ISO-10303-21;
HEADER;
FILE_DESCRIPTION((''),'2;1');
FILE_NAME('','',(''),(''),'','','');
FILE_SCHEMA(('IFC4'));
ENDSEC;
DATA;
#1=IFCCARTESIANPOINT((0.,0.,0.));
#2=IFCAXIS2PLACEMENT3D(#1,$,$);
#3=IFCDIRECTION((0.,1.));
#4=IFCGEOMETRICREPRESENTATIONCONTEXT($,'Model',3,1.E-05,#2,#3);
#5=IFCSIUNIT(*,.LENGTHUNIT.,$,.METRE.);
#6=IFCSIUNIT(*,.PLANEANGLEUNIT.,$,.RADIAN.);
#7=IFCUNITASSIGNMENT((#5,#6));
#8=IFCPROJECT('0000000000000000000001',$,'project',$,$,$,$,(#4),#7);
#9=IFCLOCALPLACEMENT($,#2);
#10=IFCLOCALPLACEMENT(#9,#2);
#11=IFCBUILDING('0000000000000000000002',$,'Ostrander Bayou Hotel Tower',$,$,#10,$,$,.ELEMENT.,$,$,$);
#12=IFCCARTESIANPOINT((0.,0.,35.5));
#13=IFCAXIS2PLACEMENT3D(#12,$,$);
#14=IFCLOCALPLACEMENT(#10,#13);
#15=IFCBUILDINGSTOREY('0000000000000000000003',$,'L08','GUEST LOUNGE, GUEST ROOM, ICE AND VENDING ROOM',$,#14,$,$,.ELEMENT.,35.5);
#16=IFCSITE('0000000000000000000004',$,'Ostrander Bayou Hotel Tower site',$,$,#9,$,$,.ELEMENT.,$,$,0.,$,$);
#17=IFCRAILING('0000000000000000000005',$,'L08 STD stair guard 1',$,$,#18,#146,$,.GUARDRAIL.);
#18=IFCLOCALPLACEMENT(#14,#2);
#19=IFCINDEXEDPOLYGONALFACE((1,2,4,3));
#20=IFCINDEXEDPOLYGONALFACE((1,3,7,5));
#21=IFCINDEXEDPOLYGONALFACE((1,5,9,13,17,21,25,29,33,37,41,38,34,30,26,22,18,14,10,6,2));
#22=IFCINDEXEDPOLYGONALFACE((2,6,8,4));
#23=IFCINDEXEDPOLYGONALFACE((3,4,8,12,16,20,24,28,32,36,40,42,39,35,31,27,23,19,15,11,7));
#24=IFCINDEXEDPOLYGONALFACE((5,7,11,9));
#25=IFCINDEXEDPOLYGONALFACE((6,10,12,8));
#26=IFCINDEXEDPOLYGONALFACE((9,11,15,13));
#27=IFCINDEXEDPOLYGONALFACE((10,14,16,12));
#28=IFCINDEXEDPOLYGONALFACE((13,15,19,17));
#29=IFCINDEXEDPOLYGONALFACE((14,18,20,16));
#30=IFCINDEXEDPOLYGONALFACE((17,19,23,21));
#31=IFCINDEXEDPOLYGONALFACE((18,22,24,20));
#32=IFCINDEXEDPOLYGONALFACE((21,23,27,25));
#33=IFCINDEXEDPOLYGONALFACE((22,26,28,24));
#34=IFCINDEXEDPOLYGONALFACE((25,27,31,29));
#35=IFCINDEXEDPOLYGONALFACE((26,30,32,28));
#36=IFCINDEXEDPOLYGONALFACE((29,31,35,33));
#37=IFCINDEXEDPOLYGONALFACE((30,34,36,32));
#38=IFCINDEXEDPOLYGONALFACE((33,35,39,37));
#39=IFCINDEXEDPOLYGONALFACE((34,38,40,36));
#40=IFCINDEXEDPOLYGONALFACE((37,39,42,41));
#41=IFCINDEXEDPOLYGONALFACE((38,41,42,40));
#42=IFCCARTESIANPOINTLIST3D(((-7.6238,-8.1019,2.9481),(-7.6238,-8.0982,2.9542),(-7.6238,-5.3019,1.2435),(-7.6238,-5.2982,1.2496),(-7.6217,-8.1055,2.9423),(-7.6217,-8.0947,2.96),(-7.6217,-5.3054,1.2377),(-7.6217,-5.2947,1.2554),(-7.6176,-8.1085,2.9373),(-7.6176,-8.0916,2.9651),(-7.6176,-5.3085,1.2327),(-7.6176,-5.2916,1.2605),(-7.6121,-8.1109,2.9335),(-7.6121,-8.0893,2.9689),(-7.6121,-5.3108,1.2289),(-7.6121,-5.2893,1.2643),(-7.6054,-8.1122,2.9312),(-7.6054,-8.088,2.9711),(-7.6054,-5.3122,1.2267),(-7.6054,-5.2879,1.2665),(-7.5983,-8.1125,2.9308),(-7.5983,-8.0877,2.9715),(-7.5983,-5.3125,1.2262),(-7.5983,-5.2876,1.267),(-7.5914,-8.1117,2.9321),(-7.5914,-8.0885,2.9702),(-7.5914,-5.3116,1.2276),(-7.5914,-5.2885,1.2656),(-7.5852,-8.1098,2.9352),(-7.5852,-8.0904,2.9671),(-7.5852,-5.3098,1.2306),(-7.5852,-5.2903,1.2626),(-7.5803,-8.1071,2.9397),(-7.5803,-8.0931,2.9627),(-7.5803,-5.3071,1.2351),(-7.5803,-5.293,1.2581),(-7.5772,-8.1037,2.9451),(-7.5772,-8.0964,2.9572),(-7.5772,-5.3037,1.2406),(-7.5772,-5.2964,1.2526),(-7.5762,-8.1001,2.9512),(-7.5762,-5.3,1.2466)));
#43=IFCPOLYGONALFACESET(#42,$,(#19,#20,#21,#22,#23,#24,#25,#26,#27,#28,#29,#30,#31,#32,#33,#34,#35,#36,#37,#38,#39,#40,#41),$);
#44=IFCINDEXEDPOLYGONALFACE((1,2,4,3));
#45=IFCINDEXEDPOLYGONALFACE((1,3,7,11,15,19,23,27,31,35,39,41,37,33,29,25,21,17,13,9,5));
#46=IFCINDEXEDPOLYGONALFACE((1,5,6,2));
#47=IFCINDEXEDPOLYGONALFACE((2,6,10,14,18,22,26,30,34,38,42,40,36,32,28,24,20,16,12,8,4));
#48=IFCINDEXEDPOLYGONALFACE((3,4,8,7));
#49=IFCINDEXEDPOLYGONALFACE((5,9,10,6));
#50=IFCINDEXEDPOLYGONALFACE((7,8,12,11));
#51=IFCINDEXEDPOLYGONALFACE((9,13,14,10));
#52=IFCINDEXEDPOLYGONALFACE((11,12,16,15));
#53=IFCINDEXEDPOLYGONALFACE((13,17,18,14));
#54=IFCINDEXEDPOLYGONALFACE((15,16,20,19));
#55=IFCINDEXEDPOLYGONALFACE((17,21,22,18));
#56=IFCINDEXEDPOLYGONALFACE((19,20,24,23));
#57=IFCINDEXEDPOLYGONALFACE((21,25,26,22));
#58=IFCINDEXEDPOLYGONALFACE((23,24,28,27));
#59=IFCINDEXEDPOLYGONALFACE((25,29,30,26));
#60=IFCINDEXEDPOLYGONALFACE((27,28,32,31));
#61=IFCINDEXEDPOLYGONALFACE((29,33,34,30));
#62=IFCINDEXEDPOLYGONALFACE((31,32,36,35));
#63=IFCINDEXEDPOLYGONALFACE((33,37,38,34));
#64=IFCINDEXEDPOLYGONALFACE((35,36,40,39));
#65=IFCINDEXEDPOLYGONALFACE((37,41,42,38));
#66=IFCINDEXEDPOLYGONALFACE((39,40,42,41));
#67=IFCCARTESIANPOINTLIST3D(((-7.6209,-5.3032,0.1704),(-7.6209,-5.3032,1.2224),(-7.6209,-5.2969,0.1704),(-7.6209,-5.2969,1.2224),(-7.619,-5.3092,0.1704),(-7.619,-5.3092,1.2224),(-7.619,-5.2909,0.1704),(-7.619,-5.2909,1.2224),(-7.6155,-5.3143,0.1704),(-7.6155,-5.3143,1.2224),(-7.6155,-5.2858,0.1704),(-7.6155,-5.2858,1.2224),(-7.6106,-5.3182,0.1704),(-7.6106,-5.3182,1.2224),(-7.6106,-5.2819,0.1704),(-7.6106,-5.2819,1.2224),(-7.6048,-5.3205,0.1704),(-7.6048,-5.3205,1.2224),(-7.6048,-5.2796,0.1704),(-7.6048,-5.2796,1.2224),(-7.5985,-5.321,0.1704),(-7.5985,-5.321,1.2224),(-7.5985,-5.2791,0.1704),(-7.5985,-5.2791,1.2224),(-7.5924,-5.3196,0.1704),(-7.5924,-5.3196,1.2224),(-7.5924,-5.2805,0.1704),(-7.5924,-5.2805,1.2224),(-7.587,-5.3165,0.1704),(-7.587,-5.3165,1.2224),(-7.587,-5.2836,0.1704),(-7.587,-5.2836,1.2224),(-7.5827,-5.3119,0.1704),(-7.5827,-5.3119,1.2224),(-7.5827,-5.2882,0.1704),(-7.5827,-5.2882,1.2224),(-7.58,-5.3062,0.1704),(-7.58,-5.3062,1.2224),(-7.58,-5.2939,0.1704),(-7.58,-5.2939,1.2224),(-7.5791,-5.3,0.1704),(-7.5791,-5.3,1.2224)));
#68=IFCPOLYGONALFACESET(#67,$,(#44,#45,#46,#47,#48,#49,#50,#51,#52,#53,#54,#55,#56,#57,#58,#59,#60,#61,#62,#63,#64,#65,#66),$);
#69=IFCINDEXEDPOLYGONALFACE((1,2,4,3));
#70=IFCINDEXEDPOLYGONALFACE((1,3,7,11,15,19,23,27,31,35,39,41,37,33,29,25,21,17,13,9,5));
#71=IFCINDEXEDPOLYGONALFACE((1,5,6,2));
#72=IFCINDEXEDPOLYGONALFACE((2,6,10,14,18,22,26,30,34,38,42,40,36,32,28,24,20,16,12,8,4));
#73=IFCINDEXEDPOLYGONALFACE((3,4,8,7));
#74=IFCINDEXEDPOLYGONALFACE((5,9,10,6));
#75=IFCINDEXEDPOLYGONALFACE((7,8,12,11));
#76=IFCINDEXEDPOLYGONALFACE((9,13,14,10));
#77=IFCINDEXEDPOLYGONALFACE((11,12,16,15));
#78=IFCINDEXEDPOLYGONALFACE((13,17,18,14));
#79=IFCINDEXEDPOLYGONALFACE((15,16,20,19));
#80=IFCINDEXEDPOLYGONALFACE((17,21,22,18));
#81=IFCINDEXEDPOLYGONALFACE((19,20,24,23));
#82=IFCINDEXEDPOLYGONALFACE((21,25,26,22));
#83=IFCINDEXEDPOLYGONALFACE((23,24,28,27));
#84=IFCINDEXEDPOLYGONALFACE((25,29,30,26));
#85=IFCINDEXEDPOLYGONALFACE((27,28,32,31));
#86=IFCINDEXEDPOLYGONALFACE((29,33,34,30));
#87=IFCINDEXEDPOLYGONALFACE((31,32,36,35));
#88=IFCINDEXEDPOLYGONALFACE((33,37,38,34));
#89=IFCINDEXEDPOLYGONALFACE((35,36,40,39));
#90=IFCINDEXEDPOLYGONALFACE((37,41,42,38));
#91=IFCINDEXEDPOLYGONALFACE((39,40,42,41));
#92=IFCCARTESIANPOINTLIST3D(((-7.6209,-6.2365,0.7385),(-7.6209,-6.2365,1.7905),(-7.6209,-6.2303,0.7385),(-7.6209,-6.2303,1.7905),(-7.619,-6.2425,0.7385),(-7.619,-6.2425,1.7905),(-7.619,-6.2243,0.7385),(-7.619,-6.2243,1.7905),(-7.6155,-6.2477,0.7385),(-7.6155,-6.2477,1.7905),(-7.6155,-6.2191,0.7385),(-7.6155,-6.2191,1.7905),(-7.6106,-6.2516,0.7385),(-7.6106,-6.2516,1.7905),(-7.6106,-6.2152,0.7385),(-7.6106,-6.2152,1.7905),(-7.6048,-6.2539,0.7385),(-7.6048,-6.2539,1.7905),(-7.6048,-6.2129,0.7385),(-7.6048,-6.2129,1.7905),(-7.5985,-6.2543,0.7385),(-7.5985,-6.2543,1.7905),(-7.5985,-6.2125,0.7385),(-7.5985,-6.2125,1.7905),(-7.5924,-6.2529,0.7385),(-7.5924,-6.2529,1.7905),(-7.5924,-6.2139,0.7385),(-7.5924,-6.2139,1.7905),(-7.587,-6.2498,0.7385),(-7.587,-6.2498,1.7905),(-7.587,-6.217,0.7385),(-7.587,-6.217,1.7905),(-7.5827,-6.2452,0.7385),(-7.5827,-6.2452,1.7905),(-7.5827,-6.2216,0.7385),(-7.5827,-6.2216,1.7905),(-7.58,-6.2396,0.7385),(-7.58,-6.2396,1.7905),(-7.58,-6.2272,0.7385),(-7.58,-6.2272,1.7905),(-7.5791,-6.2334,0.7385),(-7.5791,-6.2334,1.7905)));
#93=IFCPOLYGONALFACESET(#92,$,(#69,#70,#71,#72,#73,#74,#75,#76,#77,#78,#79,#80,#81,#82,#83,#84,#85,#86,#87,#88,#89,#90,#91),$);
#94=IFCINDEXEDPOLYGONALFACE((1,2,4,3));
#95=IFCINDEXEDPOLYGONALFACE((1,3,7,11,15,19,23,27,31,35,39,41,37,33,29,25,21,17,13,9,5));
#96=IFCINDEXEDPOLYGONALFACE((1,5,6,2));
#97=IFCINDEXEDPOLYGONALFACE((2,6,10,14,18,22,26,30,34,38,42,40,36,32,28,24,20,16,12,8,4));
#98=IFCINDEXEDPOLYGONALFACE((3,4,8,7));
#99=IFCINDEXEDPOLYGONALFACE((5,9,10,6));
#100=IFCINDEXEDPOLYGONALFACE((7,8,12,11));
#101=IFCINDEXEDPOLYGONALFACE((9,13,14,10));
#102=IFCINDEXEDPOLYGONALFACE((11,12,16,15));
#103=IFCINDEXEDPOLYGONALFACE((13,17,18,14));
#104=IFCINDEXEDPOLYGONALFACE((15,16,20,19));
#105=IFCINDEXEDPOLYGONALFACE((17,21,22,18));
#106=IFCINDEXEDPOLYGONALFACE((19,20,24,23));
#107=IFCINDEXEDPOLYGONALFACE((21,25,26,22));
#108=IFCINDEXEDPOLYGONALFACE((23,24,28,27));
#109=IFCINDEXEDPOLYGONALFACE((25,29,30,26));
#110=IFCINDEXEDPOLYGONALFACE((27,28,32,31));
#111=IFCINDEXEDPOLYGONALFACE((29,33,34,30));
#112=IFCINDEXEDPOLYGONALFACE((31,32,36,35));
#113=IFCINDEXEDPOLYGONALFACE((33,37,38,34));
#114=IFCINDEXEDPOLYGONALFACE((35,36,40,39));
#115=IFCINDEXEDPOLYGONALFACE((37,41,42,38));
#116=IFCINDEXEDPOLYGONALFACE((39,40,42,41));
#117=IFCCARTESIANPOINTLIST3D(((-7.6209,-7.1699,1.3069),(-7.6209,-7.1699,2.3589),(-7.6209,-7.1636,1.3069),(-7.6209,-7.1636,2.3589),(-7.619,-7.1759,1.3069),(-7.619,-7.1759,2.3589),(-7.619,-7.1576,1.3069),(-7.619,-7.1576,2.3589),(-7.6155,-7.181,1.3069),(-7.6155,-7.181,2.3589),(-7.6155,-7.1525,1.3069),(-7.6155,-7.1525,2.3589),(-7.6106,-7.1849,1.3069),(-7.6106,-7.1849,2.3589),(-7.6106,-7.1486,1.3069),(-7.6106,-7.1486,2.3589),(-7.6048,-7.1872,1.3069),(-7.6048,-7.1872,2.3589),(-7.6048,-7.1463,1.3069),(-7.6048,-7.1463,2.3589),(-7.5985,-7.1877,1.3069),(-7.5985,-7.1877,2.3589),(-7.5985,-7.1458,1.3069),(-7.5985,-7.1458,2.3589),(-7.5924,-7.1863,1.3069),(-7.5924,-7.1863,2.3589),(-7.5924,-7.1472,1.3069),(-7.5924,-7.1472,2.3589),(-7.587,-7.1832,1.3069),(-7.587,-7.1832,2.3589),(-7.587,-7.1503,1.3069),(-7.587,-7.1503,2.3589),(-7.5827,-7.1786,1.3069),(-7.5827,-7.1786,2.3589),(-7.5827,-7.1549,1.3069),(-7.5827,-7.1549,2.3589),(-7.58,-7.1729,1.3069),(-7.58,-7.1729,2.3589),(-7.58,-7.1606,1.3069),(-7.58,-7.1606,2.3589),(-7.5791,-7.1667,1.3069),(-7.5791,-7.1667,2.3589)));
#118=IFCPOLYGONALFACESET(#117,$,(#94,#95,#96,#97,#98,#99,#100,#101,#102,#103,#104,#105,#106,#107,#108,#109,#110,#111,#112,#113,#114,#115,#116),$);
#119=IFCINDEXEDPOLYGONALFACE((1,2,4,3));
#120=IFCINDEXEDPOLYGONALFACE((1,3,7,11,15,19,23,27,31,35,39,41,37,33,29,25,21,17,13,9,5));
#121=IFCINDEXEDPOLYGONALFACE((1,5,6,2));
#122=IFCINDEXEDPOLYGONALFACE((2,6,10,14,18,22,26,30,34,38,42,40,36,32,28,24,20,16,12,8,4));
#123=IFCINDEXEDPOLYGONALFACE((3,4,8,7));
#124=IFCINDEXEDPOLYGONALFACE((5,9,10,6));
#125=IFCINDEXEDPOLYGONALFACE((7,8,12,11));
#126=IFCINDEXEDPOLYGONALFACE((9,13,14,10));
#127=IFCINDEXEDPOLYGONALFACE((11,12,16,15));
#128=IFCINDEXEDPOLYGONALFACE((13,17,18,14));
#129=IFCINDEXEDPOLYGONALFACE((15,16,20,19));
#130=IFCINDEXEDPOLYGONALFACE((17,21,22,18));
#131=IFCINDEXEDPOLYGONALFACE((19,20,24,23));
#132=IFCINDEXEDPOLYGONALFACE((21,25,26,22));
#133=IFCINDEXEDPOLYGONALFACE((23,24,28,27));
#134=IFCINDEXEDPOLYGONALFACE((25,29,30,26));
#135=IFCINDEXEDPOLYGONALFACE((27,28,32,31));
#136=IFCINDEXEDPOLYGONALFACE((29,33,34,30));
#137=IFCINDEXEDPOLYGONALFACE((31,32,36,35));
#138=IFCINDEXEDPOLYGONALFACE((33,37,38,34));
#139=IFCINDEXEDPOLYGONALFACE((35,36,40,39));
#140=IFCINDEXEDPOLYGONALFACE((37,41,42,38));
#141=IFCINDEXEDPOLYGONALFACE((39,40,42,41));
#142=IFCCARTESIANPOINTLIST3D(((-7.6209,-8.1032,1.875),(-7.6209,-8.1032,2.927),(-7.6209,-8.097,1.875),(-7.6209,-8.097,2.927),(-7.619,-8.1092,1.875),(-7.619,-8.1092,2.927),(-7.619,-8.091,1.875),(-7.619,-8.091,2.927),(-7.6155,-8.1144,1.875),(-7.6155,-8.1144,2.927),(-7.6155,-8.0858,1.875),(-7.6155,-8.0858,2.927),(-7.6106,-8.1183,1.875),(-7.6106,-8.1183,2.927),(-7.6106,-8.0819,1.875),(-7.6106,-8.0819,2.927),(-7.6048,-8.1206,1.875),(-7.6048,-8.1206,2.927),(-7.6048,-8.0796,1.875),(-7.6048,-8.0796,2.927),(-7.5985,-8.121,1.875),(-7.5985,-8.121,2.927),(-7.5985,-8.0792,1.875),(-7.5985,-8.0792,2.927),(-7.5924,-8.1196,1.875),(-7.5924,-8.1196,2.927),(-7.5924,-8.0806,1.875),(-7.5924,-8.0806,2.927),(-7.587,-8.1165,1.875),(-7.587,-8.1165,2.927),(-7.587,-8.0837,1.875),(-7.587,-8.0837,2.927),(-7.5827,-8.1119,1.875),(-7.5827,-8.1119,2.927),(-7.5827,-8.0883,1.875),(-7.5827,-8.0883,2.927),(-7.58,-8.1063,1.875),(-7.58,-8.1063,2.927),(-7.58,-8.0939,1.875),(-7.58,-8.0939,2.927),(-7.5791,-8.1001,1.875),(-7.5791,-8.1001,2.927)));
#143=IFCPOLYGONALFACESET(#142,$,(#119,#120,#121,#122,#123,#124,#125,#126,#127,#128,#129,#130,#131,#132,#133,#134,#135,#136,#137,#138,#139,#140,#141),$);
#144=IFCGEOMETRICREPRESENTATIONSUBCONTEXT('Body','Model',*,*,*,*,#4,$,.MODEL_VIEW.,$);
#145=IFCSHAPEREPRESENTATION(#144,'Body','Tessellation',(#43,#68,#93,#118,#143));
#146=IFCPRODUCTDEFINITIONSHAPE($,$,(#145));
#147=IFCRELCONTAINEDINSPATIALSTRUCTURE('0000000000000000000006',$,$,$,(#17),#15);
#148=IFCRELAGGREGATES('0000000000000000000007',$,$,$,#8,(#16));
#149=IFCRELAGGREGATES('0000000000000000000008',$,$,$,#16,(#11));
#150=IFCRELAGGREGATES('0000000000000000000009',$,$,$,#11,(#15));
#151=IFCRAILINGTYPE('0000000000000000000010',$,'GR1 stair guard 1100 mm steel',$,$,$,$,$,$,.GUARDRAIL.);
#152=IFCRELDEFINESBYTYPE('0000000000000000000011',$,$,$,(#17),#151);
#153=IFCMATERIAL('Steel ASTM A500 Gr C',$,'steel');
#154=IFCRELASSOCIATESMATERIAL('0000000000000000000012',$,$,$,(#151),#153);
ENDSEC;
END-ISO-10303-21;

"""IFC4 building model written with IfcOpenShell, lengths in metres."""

from ifc_helpers import new_model, si_unit, direction, frame, origin, origin_2d, place, context, subcontext, project, spatial, circle, extrude, material, type_object, element, save


model = new_model("IFC4")

# Units and contexts
model_context = context("Model", 3, precision=1e-05, world=origin(), true_north=direction((0.0, 1.0)))
body_context = subcontext(model_context, "Body", "Model", "MODEL_VIEW")
ifc_project = project(units=[si_unit("LENGTHUNIT", "METRE"), si_unit("PLANEANGLEUNIT", "RADIAN")], contexts=[model_context])

# Site, building, storey
site_placement = place(None, origin())
site = spatial("IfcSite", under=ifc_project, at=site_placement, Name="Ostrander Bayou Hotel Tower site", CompositionType="ELEMENT", RefElevation=0.0)
building_placement = place(site_placement, origin())
building = spatial("IfcBuilding", under=site, at=building_placement, Name="Ostrander Bayou Hotel Tower", CompositionType="ELEMENT")
storey_placement = place(building_placement, frame((0.0, 0.0, 35.5)))
storey = spatial("IfcBuildingStorey", under=building, at=storey_placement, Name="L08", Description="GUEST LOUNGE, GUEST ROOM, ICE AND VENDING ROOM", CompositionType="ELEMENT", Elevation=35.5)

# Railing
ifc_material_1 = material(Name="Steel ASTM A500 Gr C", Category="steel")
railing_type_1 = type_object("IfcRailingType", Name="GR1 stair guard 1100 mm steel", PredefinedType="GUARDRAIL", material=ifc_material_1)
railing_1_placement = place(storey_placement, frame((-7.6001, -5.3, 0.1704)))
element("IfcRailing", 1, at=railing_1_placement, inside=storey, type_object=railing_type_1, Name="L08 STD stair guard 1", PredefinedType="GUARDRAIL", context=body_context, shape_type="SweptSolid", body=[
    extrude(circle(Radius=0.0239, at=origin_2d()), frame((0.0, 0.0, 1.0762), z_axis=(0.0, -0.85417, 0.519994), x_axis=(1.0, 0.0, 0.0)), (0.0, 0.0, 1.0), 3.2781),
    extrude(circle(Radius=0.021, at=origin_2d()), origin(), (0.0, 0.0, 1.0), 1.052),
    extrude(circle(Radius=0.021, at=origin_2d()), frame((0.0, -0.9333, 0.5681)), (0.0, 0.0, 1.0), 1.052),
    extrude(circle(Radius=0.021, at=origin_2d()), frame((0.0, -1.8667, 1.1365)), (0.0, 0.0, 1.0), 1.052),
    extrude(circle(Radius=0.021, at=origin_2d()), frame((0.0, -2.8, 1.7046)), (0.0, 0.0, 1.0), 1.052),
])

save(model, "model.ifc")
